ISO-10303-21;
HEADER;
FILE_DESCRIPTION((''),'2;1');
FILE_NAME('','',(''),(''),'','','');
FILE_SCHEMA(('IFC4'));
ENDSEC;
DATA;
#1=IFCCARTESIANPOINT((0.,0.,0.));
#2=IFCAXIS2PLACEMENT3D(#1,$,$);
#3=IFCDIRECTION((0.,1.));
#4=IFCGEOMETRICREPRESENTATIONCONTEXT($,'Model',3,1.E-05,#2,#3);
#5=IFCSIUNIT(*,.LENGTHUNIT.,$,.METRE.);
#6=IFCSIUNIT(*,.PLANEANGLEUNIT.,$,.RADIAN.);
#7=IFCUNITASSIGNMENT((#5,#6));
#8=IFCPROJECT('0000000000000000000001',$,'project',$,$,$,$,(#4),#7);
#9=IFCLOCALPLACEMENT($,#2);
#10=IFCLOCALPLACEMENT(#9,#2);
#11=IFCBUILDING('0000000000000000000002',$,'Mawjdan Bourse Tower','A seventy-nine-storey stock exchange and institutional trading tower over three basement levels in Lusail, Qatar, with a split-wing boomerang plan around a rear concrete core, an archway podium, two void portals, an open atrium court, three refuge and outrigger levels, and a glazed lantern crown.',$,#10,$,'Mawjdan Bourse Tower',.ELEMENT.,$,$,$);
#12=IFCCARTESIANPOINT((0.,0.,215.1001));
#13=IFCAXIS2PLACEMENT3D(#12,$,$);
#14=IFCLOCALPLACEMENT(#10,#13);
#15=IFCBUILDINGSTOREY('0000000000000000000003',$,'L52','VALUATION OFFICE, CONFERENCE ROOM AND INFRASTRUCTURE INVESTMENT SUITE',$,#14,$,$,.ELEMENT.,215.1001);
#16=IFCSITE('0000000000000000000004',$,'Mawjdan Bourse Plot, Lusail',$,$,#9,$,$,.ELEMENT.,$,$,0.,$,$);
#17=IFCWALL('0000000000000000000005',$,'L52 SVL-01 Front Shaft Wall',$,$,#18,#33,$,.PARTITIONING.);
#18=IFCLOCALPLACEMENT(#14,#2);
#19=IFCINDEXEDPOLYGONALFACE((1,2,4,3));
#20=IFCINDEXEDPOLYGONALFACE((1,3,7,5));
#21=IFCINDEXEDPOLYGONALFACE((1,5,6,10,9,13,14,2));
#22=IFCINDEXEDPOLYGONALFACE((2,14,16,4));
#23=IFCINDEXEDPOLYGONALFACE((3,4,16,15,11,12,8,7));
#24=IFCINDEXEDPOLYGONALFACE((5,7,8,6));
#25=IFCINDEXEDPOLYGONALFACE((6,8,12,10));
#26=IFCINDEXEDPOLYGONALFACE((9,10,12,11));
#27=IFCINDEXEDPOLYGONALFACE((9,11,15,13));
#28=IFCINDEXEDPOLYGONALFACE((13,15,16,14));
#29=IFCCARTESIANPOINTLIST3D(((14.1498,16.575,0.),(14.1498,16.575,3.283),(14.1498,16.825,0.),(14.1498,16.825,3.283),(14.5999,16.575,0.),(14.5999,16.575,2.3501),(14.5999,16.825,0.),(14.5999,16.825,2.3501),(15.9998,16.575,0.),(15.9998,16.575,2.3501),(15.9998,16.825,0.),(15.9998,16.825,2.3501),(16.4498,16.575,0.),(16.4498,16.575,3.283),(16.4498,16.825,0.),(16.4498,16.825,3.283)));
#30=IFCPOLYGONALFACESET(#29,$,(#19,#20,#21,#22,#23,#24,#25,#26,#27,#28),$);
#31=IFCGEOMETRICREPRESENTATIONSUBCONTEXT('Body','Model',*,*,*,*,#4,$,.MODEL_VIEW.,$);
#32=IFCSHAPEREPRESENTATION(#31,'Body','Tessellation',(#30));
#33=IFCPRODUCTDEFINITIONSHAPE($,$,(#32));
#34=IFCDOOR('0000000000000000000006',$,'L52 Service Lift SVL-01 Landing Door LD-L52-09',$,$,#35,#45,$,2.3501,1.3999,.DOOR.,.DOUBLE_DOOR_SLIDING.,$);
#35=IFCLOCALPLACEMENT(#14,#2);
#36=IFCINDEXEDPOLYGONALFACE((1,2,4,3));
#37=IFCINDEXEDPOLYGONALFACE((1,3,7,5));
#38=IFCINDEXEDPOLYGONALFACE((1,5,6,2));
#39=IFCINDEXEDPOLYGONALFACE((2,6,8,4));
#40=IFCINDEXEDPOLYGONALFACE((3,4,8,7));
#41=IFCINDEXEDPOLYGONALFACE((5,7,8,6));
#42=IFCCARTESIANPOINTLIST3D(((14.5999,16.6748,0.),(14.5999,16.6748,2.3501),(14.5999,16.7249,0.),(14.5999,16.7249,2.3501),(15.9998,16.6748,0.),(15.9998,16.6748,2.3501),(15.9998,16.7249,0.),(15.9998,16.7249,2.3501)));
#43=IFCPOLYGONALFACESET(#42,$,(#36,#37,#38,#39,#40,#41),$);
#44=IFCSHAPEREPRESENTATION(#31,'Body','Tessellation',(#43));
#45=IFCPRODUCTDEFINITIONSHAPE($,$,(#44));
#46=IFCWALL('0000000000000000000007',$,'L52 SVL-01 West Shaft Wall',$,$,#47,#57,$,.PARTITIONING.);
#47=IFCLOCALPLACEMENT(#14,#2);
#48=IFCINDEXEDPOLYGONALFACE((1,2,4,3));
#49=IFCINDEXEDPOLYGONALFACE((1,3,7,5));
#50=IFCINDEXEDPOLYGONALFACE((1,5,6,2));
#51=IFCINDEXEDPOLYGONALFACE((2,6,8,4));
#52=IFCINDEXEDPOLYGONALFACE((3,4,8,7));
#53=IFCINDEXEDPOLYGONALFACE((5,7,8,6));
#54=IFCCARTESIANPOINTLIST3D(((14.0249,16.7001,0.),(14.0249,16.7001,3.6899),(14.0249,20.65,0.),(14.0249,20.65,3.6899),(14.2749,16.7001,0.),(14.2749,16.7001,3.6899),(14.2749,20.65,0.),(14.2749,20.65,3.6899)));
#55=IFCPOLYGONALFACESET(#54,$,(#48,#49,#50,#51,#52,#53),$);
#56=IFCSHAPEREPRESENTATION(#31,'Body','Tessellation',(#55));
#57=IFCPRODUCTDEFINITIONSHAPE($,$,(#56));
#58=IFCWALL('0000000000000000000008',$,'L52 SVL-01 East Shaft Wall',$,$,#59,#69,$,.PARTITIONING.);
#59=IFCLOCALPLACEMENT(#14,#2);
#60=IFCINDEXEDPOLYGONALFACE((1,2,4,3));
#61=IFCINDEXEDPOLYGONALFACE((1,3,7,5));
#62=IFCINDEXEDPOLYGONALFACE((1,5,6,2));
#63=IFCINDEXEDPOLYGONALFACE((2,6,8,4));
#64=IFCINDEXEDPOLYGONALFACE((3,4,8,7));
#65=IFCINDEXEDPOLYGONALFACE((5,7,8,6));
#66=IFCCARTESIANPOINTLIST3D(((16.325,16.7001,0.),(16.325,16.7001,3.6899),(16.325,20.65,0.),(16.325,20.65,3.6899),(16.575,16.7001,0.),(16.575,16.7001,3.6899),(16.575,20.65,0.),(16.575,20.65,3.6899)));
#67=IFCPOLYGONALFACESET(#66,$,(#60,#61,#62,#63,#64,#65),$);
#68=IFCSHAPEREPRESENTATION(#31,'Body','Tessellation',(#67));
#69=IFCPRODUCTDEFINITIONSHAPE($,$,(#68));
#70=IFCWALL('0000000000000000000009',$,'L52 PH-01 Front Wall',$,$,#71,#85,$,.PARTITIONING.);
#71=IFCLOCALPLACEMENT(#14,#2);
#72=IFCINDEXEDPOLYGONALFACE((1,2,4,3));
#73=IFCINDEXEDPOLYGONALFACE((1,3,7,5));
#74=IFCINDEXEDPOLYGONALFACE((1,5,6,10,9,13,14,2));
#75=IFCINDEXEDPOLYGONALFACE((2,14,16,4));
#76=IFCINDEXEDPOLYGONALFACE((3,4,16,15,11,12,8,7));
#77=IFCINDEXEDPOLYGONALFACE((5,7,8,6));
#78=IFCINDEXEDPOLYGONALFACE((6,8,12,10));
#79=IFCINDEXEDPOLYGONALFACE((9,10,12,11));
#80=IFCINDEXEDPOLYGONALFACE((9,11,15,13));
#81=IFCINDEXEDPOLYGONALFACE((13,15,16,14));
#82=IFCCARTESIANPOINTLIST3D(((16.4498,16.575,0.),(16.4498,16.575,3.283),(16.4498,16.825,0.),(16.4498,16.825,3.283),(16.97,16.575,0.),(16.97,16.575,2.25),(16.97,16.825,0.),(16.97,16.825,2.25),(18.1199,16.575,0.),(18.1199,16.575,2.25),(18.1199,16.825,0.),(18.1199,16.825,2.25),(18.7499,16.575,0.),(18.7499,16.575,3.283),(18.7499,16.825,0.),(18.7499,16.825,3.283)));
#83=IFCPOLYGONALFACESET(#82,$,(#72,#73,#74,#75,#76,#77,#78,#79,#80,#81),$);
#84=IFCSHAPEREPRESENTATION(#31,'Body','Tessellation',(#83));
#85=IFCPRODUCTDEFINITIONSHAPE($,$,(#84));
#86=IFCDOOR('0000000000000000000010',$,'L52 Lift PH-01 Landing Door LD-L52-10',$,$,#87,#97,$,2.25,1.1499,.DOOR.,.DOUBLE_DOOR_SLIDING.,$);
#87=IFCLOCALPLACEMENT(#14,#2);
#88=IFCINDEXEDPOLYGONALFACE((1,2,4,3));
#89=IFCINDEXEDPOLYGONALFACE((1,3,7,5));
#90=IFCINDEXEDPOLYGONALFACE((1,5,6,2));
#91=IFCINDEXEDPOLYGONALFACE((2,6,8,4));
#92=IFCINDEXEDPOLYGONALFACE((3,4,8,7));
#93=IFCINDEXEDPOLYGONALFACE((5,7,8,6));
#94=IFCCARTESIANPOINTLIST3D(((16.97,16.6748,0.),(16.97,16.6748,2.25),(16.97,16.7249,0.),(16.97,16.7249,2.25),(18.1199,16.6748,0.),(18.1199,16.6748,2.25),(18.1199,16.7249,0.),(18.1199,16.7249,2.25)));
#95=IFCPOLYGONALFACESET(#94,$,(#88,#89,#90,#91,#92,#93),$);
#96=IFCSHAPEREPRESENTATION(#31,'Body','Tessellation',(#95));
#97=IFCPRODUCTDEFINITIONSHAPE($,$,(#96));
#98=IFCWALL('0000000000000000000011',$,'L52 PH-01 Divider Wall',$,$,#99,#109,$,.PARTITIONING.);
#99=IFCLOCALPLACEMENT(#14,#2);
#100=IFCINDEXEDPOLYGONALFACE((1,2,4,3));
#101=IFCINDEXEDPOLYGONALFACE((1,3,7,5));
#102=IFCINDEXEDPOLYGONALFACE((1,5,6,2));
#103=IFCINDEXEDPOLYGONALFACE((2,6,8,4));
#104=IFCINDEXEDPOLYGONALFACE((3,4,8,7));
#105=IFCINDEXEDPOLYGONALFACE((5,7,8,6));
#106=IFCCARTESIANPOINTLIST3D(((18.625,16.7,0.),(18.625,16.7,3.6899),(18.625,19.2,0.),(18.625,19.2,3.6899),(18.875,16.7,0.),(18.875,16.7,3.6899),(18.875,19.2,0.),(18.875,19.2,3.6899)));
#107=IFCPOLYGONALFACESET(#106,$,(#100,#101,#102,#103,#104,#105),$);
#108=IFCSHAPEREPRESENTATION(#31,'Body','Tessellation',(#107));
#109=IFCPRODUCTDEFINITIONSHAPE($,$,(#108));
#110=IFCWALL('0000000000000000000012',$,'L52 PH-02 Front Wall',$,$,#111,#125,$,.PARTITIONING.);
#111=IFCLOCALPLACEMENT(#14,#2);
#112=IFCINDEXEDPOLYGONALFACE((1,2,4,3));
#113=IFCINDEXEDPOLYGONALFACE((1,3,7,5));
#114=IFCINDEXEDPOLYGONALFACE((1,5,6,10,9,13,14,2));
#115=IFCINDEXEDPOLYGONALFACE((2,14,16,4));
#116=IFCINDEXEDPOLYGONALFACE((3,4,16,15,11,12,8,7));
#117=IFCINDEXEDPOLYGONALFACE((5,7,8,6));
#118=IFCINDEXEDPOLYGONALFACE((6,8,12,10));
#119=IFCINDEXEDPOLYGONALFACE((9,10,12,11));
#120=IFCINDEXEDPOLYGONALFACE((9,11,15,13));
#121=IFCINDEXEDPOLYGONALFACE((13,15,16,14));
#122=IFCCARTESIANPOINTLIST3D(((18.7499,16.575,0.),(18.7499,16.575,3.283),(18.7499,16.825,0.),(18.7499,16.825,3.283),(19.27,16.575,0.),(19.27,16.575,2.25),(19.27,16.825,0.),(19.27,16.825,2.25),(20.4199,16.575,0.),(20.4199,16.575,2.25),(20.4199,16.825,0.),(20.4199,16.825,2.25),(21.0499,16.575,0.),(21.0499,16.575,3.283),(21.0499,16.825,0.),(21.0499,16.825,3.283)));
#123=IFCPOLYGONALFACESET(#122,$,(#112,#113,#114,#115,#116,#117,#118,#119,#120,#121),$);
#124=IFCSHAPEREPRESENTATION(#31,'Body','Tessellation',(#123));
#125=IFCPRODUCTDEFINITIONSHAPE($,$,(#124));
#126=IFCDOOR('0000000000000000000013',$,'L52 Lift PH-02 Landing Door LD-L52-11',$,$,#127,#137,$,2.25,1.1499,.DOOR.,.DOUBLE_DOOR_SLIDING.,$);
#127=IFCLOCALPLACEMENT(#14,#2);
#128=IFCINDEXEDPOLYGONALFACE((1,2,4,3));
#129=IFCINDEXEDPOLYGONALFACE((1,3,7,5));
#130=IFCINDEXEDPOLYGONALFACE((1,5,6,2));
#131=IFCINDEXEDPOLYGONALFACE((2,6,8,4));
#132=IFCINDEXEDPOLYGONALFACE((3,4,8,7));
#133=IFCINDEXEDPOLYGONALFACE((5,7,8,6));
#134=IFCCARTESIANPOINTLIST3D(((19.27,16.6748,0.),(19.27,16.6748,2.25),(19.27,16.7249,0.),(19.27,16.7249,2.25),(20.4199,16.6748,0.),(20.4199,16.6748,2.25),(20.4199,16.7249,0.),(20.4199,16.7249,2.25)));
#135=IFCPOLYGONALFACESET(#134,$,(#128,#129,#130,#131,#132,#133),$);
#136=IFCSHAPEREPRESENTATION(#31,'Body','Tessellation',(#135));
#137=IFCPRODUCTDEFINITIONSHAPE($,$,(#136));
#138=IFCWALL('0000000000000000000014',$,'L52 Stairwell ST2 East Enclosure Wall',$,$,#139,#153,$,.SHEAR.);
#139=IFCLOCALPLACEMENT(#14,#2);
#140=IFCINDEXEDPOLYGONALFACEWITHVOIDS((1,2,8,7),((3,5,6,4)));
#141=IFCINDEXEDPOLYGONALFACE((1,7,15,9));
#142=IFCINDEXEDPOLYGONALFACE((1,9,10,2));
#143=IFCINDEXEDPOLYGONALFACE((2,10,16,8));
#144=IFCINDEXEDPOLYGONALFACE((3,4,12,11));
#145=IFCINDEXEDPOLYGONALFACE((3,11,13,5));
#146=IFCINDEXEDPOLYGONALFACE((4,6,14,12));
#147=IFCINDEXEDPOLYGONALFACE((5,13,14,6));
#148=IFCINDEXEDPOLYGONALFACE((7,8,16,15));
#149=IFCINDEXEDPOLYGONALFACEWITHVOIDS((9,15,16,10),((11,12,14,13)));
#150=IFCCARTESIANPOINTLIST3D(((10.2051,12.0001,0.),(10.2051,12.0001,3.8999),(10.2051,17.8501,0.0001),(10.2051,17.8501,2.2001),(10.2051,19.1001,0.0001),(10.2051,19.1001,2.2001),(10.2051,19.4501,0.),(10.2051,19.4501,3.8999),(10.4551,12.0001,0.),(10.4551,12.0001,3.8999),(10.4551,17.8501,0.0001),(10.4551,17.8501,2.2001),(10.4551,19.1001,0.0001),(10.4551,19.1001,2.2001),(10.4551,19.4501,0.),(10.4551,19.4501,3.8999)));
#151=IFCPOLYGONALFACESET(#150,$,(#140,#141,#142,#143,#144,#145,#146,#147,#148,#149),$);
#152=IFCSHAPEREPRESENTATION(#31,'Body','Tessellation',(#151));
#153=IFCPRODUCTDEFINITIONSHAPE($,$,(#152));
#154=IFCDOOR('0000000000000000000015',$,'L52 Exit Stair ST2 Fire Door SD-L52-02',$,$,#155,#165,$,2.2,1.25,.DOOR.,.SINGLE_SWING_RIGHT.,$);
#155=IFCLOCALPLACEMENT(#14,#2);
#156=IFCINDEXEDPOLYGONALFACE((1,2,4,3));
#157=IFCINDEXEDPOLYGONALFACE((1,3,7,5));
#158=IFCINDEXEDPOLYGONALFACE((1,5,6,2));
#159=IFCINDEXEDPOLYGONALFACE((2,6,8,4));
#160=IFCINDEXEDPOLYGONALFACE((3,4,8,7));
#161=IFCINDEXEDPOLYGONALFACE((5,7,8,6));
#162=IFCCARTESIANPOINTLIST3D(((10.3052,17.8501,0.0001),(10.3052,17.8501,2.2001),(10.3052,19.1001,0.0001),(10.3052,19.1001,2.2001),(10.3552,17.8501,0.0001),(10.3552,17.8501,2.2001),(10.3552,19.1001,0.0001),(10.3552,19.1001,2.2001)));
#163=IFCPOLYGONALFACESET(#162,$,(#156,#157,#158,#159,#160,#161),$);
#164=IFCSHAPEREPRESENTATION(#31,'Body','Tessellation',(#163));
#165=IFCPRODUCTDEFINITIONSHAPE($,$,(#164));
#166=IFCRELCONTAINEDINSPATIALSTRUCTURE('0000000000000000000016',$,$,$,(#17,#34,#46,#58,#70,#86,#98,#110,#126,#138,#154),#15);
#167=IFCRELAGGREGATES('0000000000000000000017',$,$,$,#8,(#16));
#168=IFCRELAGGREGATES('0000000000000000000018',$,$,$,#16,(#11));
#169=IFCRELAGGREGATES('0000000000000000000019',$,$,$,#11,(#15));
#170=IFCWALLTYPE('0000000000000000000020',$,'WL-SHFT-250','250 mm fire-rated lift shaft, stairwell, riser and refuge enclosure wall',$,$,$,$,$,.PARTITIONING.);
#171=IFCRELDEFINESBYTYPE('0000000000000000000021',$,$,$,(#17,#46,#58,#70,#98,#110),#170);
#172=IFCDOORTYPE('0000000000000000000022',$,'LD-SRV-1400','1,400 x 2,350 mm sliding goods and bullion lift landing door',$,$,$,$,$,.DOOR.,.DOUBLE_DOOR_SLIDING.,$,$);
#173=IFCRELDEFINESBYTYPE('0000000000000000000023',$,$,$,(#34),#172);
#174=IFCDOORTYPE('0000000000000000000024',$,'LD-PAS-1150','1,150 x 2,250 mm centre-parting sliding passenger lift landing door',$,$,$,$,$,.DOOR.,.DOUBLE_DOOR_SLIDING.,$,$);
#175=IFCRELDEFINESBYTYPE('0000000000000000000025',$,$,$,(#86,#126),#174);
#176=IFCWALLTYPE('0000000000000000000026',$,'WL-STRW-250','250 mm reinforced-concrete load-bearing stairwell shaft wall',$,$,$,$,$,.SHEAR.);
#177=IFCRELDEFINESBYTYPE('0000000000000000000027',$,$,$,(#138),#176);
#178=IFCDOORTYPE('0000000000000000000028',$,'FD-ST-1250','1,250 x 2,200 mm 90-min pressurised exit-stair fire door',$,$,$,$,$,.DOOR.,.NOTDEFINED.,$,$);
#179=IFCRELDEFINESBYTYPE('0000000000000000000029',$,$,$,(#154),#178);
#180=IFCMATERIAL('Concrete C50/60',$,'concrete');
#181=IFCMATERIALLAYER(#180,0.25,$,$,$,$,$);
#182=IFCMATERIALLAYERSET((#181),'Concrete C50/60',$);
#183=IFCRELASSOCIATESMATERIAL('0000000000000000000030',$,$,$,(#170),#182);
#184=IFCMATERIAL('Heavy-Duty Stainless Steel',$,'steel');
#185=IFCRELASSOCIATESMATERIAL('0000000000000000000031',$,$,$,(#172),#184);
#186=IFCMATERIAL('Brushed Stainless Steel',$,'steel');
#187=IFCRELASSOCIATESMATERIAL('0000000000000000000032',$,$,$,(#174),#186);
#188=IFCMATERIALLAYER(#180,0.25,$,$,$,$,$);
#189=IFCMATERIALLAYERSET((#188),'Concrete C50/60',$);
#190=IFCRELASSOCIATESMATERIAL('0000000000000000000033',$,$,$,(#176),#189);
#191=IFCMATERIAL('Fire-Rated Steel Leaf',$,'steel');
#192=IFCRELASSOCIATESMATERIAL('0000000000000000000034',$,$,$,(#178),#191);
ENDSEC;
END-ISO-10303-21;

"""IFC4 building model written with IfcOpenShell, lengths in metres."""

from ifc_helpers import new_model, si_unit, direction, frame, frame_2d, origin, place, context, subcontext, project, spatial, rectangle, extrude, material, layer, layer_set, type_object, element, fill, save


model = new_model("IFC4")

# Units and contexts
model_context = context("Model", 3, precision=1e-05, world=origin(), true_north=direction((0.0, 1.0)))
body_context = subcontext(model_context, "Body", "Model", "MODEL_VIEW")
ifc_project = project(units=[si_unit("LENGTHUNIT", "METRE"), si_unit("PLANEANGLEUNIT", "RADIAN")], contexts=[model_context])

# Site, building, storey
site_placement = place(None, origin())
site = spatial("IfcSite", under=ifc_project, at=site_placement, Name="Mawjdan Bourse Plot, Lusail", CompositionType="ELEMENT", RefElevation=0.0)
building_placement = place(site_placement, origin())
building = spatial("IfcBuilding", under=site, at=building_placement, Name="Mawjdan Bourse Tower", Description="A seventy-nine-storey stock exchange and institutional trading tower over three basement levels in Lusail, Qatar, with a split-wing boomerang plan around a rear concrete core, an archway podium, two void portals, an open atrium court, three refuge and outrigger levels, and a glazed lantern crown.", LongName="Mawjdan Bourse Tower", CompositionType="ELEMENT")
storey_placement = place(building_placement, frame((0.0, 0.0, 215.1001)))
storey = spatial("IfcBuildingStorey", under=building, at=storey_placement, Name="L52", Description="VALUATION OFFICE, CONFERENCE ROOM AND INFRASTRUCTURE INVESTMENT SUITE", CompositionType="ELEMENT", Elevation=215.1001)

# Shared definitions
ifc_material_1 = material(Name="Concrete C50/60", Category="concrete")
ifc_layer_1 = layer(ifc_material_1, 0.25)
ifc_layer_set_1 = layer_set([ifc_layer_1], Name="Concrete C50/60")
wall_type_1 = type_object("IfcWallType", Name="WL-SHFT-250", Description="250 mm fire-rated lift shaft, stairwell, riser and refuge enclosure wall", PredefinedType="PARTITIONING", material=ifc_layer_set_1)

# Wall, opening, door
wall_1_placement = place(storey_placement, frame((14.1499, 16.7, 0.0), z_axis=(0.0, 0.0, 1.0), x_axis=(1.0, 0.0, 0.0)))
wall_1 = element("IfcWall", 1, at=wall_1_placement, inside=storey, type_object=wall_type_1, Name="L52 SVL-01 Front Shaft Wall", PredefinedType="PARTITIONING", context=body_context, shape_type="SweptSolid", body=[
    extrude(rectangle(XDim=2.3, YDim=0.25, at=frame_2d((1.1499, 0.0))), origin(), (0.0, 0.0, 1.0), 3.283),
])
opening_1_placement = place(wall_1_placement, frame((0.45, 0.0, 0.0)))
opening_1 = element("IfcOpeningElement", 2, at=opening_1_placement, cuts=wall_1, PredefinedType="OPENING", context=body_context, shape_type="SweptSolid", body=[
    extrude(rectangle(XDim=1.3999, YDim=2.3501, at=frame_2d((0.7, 1.175))), frame((0.0, 0.135, 0.0), z_axis=(0.0, -1.0, 0.0), x_axis=(1.0, 0.0, 0.0)), (0.0, 0.0, 1.0), 0.27),
])
ifc_material_2 = material(Name="Heavy-Duty Stainless Steel", Category="steel")
door_type_1 = type_object("IfcDoorType", Name="LD-SRV-1400", Description="1,400 x 2,350 mm sliding goods and bullion lift landing door", OperationType="DOUBLE_DOOR_SLIDING", PredefinedType="DOOR", material=ifc_material_2)
door_1_placement = place(opening_1_placement, origin())
door_1 = element("IfcDoor", 3, at=door_1_placement, inside=storey, type_object=door_type_1, Name="L52 Service Lift SVL-01 Landing Door LD-L52-09", OperationType="DOUBLE_DOOR_SLIDING", OverallHeight=2.3501, OverallWidth=1.3999, PredefinedType="DOOR", context=body_context, shape_type="SweptSolid", body=[
    extrude(rectangle(XDim=1.3999, YDim=2.3501, at=frame_2d((0.7, 1.175))), frame((0.0, 0.0249, 0.0), z_axis=(0.0, -1.0, 0.0), x_axis=(1.0, 0.0, 0.0)), (0.0, 0.0, 1.0), 0.05),
])
fill(opening_1, door_1)

# Walls
for number, where, z_axis, x_axis, name in (
    (4, (14.1499, 16.7, 0.0), (0.0, 0.0, 1.0), (0.0, 1.0, 0.0), "L52 SVL-01 West Shaft Wall"),
    (5, (16.45, 16.7, 0.0), (0.0, 0.0, 1.0), (0.0, 1.0, 0.0), "L52 SVL-01 East Shaft Wall"),
):
    element("IfcWall", number, at=place(storey_placement, frame(where, z_axis=z_axis, x_axis=x_axis)), inside=storey, type_object=wall_type_1, Name=name, PredefinedType="PARTITIONING", context=body_context, shape_type="SweptSolid", body=[
        extrude(rectangle(XDim=3.95, YDim=0.25, at=frame_2d((1.9751, 0.0))), origin(), (0.0, 0.0, 1.0), 3.6899),
    ])

# Wall, opening, door
wall_2_placement = place(storey_placement, frame((16.45, 16.7, 0.0), z_axis=(0.0, 0.0, 1.0), x_axis=(1.0, 0.0, 0.0)))
wall_2 = element("IfcWall", 6, at=wall_2_placement, inside=storey, type_object=wall_type_1, Name="L52 PH-01 Front Wall", PredefinedType="PARTITIONING", context=body_context, shape_type="SweptSolid", body=[
    extrude(rectangle(XDim=2.3, YDim=0.25, at=frame_2d((1.1499, 0.0))), origin(), (0.0, 0.0, 1.0), 3.283),
])
opening_2_placement = place(wall_2_placement, frame((0.52, 0.0, 0.0)))
opening_2 = element("IfcOpeningElement", 7, at=opening_2_placement, cuts=wall_2, PredefinedType="OPENING", context=body_context, shape_type="SweptSolid", body=[
    extrude(rectangle(XDim=1.1499, YDim=2.25, at=frame_2d((0.575, 1.125))), frame((0.0, 0.135, 0.0), z_axis=(0.0, -1.0, 0.0), x_axis=(1.0, 0.0, 0.0)), (0.0, 0.0, 1.0), 0.27),
])
ifc_material_3 = material(Name="Brushed Stainless Steel", Category="steel")
door_type_2 = type_object("IfcDoorType", Name="LD-PAS-1150", Description="1,150 x 2,250 mm centre-parting sliding passenger lift landing door", OperationType="DOUBLE_DOOR_SLIDING", PredefinedType="DOOR", material=ifc_material_3)
door_2_placement = place(opening_2_placement, origin())
door_2 = element("IfcDoor", 8, at=door_2_placement, inside=storey, type_object=door_type_2, Name="L52 Lift PH-01 Landing Door LD-L52-10", OperationType="DOUBLE_DOOR_SLIDING", OverallHeight=2.25, OverallWidth=1.1499, PredefinedType="DOOR", context=body_context, shape_type="SweptSolid", body=[
    extrude(rectangle(XDim=1.1499, YDim=2.25, at=frame_2d((0.575, 1.125))), frame((0.0, 0.0249, 0.0), z_axis=(0.0, -1.0, 0.0), x_axis=(1.0, 0.0, 0.0)), (0.0, 0.0, 1.0), 0.05),
])
fill(opening_2, door_2)

# Wall
wall_3_placement = place(storey_placement, frame((18.75, 16.7, 0.0), z_axis=(0.0, 0.0, 1.0), x_axis=(0.0, 1.0, 0.0)))
element("IfcWall", 9, at=wall_3_placement, inside=storey, type_object=wall_type_1, Name="L52 PH-01 Divider Wall", PredefinedType="PARTITIONING", context=body_context, shape_type="SweptSolid", body=[
    extrude(rectangle(XDim=2.5, YDim=0.25, at=frame_2d((1.25, 0.0))), origin(), (0.0, 0.0, 1.0), 3.6899),
])

# Walls, openings, doors
wall_4_placement = place(storey_placement, frame((18.75, 16.7, 0.0), z_axis=(0.0, 0.0, 1.0), x_axis=(1.0, 0.0, 0.0)))
wall_4 = element("IfcWall", 10, at=wall_4_placement, inside=storey, type_object=wall_type_1, Name="L52 PH-02 Front Wall", PredefinedType="PARTITIONING", context=body_context, shape_type="SweptSolid", body=[
    extrude(rectangle(XDim=2.3, YDim=0.25, at=frame_2d((1.1499, 0.0))), origin(), (0.0, 0.0, 1.0), 3.283),
])
opening_3_placement = place(wall_4_placement, frame((0.52, 0.0, 0.0)))
opening_3 = element("IfcOpeningElement", 11, at=opening_3_placement, cuts=wall_4, PredefinedType="OPENING", context=body_context, shape_type="SweptSolid", body=[
    extrude(rectangle(XDim=1.1499, YDim=2.25, at=frame_2d((0.575, 1.125))), frame((0.0, 0.135, 0.0), z_axis=(0.0, -1.0, 0.0), x_axis=(1.0, 0.0, 0.0)), (0.0, 0.0, 1.0), 0.27),
])
door_3_placement = place(opening_3_placement, origin())
door_3 = element("IfcDoor", 12, at=door_3_placement, inside=storey, type_object=door_type_2, Name="L52 Lift PH-02 Landing Door LD-L52-11", OperationType="DOUBLE_DOOR_SLIDING", OverallHeight=2.25, OverallWidth=1.1499, PredefinedType="DOOR", context=body_context, shape_type="SweptSolid", body=[
    extrude(rectangle(XDim=1.1499, YDim=2.25, at=frame_2d((0.575, 1.125))), frame((0.0, 0.0249, 0.0), z_axis=(0.0, -1.0, 0.0), x_axis=(1.0, 0.0, 0.0)), (0.0, 0.0, 1.0), 0.05),
])
fill(opening_3, door_3)
ifc_layer_2 = layer(ifc_material_1, 0.25)
ifc_layer_set_2 = layer_set([ifc_layer_2], Name="Concrete C50/60")
wall_type_2 = type_object("IfcWallType", Name="WL-STRW-250", Description="250 mm reinforced-concrete load-bearing stairwell shaft wall", PredefinedType="SHEAR", material=ifc_layer_set_2)
wall_5_placement = place(storey_placement, frame((10.3301, 12.0, 0.0), z_axis=(0.0, 0.0, 1.0), x_axis=(0.0, 1.0, 0.0)))
wall_5 = element("IfcWall", 13, at=wall_5_placement, inside=storey, type_object=wall_type_2, Name="L52 Stairwell ST2 East Enclosure Wall", PredefinedType="SHEAR", context=body_context, shape_type="SweptSolid", body=[
    extrude(rectangle(XDim=7.45, YDim=0.25, at=frame_2d((3.7251, 0.0))), origin(), (0.0, 0.0, 1.0), 3.8999),
])
opening_4_placement = place(wall_5_placement, frame((5.8501, 0.0, 0.0)))
opening_4 = element("IfcOpeningElement", 14, at=opening_4_placement, cuts=wall_5, PredefinedType="OPENING", context=body_context, shape_type="SweptSolid", body=[
    extrude(rectangle(XDim=1.25, YDim=2.2, at=frame_2d((0.625, 1.1001))), frame((0.0, 0.135, 0.0), z_axis=(0.0, -1.0, 0.0), x_axis=(1.0, 0.0, 0.0)), (0.0, 0.0, 1.0), 0.27),
])
ifc_material_4 = material(Name="Fire-Rated Steel Leaf", Category="steel")
door_type_3 = type_object("IfcDoorType", Name="FD-ST-1250", Description="1,250 x 2,200 mm 90-min pressurised exit-stair fire door", OperationType="NOTDEFINED", PredefinedType="DOOR", material=ifc_material_4)
door_4_placement = place(opening_4_placement, origin())
door_4 = element("IfcDoor", 15, at=door_4_placement, inside=storey, type_object=door_type_3, Name="L52 Exit Stair ST2 Fire Door SD-L52-02", OperationType="SINGLE_SWING_RIGHT", OverallHeight=2.2, OverallWidth=1.25, PredefinedType="DOOR", context=body_context, shape_type="SweptSolid", body=[
    extrude(rectangle(XDim=1.25, YDim=2.2, at=frame_2d((0.625, 1.1001))), frame((0.0, 0.0249, 0.0), z_axis=(0.0, -1.0, 0.0), x_axis=(1.0, 0.0, 0.0)), (0.0, 0.0, 1.0), 0.05),
])
fill(opening_4, door_4)

save(model, "model.ifc")
